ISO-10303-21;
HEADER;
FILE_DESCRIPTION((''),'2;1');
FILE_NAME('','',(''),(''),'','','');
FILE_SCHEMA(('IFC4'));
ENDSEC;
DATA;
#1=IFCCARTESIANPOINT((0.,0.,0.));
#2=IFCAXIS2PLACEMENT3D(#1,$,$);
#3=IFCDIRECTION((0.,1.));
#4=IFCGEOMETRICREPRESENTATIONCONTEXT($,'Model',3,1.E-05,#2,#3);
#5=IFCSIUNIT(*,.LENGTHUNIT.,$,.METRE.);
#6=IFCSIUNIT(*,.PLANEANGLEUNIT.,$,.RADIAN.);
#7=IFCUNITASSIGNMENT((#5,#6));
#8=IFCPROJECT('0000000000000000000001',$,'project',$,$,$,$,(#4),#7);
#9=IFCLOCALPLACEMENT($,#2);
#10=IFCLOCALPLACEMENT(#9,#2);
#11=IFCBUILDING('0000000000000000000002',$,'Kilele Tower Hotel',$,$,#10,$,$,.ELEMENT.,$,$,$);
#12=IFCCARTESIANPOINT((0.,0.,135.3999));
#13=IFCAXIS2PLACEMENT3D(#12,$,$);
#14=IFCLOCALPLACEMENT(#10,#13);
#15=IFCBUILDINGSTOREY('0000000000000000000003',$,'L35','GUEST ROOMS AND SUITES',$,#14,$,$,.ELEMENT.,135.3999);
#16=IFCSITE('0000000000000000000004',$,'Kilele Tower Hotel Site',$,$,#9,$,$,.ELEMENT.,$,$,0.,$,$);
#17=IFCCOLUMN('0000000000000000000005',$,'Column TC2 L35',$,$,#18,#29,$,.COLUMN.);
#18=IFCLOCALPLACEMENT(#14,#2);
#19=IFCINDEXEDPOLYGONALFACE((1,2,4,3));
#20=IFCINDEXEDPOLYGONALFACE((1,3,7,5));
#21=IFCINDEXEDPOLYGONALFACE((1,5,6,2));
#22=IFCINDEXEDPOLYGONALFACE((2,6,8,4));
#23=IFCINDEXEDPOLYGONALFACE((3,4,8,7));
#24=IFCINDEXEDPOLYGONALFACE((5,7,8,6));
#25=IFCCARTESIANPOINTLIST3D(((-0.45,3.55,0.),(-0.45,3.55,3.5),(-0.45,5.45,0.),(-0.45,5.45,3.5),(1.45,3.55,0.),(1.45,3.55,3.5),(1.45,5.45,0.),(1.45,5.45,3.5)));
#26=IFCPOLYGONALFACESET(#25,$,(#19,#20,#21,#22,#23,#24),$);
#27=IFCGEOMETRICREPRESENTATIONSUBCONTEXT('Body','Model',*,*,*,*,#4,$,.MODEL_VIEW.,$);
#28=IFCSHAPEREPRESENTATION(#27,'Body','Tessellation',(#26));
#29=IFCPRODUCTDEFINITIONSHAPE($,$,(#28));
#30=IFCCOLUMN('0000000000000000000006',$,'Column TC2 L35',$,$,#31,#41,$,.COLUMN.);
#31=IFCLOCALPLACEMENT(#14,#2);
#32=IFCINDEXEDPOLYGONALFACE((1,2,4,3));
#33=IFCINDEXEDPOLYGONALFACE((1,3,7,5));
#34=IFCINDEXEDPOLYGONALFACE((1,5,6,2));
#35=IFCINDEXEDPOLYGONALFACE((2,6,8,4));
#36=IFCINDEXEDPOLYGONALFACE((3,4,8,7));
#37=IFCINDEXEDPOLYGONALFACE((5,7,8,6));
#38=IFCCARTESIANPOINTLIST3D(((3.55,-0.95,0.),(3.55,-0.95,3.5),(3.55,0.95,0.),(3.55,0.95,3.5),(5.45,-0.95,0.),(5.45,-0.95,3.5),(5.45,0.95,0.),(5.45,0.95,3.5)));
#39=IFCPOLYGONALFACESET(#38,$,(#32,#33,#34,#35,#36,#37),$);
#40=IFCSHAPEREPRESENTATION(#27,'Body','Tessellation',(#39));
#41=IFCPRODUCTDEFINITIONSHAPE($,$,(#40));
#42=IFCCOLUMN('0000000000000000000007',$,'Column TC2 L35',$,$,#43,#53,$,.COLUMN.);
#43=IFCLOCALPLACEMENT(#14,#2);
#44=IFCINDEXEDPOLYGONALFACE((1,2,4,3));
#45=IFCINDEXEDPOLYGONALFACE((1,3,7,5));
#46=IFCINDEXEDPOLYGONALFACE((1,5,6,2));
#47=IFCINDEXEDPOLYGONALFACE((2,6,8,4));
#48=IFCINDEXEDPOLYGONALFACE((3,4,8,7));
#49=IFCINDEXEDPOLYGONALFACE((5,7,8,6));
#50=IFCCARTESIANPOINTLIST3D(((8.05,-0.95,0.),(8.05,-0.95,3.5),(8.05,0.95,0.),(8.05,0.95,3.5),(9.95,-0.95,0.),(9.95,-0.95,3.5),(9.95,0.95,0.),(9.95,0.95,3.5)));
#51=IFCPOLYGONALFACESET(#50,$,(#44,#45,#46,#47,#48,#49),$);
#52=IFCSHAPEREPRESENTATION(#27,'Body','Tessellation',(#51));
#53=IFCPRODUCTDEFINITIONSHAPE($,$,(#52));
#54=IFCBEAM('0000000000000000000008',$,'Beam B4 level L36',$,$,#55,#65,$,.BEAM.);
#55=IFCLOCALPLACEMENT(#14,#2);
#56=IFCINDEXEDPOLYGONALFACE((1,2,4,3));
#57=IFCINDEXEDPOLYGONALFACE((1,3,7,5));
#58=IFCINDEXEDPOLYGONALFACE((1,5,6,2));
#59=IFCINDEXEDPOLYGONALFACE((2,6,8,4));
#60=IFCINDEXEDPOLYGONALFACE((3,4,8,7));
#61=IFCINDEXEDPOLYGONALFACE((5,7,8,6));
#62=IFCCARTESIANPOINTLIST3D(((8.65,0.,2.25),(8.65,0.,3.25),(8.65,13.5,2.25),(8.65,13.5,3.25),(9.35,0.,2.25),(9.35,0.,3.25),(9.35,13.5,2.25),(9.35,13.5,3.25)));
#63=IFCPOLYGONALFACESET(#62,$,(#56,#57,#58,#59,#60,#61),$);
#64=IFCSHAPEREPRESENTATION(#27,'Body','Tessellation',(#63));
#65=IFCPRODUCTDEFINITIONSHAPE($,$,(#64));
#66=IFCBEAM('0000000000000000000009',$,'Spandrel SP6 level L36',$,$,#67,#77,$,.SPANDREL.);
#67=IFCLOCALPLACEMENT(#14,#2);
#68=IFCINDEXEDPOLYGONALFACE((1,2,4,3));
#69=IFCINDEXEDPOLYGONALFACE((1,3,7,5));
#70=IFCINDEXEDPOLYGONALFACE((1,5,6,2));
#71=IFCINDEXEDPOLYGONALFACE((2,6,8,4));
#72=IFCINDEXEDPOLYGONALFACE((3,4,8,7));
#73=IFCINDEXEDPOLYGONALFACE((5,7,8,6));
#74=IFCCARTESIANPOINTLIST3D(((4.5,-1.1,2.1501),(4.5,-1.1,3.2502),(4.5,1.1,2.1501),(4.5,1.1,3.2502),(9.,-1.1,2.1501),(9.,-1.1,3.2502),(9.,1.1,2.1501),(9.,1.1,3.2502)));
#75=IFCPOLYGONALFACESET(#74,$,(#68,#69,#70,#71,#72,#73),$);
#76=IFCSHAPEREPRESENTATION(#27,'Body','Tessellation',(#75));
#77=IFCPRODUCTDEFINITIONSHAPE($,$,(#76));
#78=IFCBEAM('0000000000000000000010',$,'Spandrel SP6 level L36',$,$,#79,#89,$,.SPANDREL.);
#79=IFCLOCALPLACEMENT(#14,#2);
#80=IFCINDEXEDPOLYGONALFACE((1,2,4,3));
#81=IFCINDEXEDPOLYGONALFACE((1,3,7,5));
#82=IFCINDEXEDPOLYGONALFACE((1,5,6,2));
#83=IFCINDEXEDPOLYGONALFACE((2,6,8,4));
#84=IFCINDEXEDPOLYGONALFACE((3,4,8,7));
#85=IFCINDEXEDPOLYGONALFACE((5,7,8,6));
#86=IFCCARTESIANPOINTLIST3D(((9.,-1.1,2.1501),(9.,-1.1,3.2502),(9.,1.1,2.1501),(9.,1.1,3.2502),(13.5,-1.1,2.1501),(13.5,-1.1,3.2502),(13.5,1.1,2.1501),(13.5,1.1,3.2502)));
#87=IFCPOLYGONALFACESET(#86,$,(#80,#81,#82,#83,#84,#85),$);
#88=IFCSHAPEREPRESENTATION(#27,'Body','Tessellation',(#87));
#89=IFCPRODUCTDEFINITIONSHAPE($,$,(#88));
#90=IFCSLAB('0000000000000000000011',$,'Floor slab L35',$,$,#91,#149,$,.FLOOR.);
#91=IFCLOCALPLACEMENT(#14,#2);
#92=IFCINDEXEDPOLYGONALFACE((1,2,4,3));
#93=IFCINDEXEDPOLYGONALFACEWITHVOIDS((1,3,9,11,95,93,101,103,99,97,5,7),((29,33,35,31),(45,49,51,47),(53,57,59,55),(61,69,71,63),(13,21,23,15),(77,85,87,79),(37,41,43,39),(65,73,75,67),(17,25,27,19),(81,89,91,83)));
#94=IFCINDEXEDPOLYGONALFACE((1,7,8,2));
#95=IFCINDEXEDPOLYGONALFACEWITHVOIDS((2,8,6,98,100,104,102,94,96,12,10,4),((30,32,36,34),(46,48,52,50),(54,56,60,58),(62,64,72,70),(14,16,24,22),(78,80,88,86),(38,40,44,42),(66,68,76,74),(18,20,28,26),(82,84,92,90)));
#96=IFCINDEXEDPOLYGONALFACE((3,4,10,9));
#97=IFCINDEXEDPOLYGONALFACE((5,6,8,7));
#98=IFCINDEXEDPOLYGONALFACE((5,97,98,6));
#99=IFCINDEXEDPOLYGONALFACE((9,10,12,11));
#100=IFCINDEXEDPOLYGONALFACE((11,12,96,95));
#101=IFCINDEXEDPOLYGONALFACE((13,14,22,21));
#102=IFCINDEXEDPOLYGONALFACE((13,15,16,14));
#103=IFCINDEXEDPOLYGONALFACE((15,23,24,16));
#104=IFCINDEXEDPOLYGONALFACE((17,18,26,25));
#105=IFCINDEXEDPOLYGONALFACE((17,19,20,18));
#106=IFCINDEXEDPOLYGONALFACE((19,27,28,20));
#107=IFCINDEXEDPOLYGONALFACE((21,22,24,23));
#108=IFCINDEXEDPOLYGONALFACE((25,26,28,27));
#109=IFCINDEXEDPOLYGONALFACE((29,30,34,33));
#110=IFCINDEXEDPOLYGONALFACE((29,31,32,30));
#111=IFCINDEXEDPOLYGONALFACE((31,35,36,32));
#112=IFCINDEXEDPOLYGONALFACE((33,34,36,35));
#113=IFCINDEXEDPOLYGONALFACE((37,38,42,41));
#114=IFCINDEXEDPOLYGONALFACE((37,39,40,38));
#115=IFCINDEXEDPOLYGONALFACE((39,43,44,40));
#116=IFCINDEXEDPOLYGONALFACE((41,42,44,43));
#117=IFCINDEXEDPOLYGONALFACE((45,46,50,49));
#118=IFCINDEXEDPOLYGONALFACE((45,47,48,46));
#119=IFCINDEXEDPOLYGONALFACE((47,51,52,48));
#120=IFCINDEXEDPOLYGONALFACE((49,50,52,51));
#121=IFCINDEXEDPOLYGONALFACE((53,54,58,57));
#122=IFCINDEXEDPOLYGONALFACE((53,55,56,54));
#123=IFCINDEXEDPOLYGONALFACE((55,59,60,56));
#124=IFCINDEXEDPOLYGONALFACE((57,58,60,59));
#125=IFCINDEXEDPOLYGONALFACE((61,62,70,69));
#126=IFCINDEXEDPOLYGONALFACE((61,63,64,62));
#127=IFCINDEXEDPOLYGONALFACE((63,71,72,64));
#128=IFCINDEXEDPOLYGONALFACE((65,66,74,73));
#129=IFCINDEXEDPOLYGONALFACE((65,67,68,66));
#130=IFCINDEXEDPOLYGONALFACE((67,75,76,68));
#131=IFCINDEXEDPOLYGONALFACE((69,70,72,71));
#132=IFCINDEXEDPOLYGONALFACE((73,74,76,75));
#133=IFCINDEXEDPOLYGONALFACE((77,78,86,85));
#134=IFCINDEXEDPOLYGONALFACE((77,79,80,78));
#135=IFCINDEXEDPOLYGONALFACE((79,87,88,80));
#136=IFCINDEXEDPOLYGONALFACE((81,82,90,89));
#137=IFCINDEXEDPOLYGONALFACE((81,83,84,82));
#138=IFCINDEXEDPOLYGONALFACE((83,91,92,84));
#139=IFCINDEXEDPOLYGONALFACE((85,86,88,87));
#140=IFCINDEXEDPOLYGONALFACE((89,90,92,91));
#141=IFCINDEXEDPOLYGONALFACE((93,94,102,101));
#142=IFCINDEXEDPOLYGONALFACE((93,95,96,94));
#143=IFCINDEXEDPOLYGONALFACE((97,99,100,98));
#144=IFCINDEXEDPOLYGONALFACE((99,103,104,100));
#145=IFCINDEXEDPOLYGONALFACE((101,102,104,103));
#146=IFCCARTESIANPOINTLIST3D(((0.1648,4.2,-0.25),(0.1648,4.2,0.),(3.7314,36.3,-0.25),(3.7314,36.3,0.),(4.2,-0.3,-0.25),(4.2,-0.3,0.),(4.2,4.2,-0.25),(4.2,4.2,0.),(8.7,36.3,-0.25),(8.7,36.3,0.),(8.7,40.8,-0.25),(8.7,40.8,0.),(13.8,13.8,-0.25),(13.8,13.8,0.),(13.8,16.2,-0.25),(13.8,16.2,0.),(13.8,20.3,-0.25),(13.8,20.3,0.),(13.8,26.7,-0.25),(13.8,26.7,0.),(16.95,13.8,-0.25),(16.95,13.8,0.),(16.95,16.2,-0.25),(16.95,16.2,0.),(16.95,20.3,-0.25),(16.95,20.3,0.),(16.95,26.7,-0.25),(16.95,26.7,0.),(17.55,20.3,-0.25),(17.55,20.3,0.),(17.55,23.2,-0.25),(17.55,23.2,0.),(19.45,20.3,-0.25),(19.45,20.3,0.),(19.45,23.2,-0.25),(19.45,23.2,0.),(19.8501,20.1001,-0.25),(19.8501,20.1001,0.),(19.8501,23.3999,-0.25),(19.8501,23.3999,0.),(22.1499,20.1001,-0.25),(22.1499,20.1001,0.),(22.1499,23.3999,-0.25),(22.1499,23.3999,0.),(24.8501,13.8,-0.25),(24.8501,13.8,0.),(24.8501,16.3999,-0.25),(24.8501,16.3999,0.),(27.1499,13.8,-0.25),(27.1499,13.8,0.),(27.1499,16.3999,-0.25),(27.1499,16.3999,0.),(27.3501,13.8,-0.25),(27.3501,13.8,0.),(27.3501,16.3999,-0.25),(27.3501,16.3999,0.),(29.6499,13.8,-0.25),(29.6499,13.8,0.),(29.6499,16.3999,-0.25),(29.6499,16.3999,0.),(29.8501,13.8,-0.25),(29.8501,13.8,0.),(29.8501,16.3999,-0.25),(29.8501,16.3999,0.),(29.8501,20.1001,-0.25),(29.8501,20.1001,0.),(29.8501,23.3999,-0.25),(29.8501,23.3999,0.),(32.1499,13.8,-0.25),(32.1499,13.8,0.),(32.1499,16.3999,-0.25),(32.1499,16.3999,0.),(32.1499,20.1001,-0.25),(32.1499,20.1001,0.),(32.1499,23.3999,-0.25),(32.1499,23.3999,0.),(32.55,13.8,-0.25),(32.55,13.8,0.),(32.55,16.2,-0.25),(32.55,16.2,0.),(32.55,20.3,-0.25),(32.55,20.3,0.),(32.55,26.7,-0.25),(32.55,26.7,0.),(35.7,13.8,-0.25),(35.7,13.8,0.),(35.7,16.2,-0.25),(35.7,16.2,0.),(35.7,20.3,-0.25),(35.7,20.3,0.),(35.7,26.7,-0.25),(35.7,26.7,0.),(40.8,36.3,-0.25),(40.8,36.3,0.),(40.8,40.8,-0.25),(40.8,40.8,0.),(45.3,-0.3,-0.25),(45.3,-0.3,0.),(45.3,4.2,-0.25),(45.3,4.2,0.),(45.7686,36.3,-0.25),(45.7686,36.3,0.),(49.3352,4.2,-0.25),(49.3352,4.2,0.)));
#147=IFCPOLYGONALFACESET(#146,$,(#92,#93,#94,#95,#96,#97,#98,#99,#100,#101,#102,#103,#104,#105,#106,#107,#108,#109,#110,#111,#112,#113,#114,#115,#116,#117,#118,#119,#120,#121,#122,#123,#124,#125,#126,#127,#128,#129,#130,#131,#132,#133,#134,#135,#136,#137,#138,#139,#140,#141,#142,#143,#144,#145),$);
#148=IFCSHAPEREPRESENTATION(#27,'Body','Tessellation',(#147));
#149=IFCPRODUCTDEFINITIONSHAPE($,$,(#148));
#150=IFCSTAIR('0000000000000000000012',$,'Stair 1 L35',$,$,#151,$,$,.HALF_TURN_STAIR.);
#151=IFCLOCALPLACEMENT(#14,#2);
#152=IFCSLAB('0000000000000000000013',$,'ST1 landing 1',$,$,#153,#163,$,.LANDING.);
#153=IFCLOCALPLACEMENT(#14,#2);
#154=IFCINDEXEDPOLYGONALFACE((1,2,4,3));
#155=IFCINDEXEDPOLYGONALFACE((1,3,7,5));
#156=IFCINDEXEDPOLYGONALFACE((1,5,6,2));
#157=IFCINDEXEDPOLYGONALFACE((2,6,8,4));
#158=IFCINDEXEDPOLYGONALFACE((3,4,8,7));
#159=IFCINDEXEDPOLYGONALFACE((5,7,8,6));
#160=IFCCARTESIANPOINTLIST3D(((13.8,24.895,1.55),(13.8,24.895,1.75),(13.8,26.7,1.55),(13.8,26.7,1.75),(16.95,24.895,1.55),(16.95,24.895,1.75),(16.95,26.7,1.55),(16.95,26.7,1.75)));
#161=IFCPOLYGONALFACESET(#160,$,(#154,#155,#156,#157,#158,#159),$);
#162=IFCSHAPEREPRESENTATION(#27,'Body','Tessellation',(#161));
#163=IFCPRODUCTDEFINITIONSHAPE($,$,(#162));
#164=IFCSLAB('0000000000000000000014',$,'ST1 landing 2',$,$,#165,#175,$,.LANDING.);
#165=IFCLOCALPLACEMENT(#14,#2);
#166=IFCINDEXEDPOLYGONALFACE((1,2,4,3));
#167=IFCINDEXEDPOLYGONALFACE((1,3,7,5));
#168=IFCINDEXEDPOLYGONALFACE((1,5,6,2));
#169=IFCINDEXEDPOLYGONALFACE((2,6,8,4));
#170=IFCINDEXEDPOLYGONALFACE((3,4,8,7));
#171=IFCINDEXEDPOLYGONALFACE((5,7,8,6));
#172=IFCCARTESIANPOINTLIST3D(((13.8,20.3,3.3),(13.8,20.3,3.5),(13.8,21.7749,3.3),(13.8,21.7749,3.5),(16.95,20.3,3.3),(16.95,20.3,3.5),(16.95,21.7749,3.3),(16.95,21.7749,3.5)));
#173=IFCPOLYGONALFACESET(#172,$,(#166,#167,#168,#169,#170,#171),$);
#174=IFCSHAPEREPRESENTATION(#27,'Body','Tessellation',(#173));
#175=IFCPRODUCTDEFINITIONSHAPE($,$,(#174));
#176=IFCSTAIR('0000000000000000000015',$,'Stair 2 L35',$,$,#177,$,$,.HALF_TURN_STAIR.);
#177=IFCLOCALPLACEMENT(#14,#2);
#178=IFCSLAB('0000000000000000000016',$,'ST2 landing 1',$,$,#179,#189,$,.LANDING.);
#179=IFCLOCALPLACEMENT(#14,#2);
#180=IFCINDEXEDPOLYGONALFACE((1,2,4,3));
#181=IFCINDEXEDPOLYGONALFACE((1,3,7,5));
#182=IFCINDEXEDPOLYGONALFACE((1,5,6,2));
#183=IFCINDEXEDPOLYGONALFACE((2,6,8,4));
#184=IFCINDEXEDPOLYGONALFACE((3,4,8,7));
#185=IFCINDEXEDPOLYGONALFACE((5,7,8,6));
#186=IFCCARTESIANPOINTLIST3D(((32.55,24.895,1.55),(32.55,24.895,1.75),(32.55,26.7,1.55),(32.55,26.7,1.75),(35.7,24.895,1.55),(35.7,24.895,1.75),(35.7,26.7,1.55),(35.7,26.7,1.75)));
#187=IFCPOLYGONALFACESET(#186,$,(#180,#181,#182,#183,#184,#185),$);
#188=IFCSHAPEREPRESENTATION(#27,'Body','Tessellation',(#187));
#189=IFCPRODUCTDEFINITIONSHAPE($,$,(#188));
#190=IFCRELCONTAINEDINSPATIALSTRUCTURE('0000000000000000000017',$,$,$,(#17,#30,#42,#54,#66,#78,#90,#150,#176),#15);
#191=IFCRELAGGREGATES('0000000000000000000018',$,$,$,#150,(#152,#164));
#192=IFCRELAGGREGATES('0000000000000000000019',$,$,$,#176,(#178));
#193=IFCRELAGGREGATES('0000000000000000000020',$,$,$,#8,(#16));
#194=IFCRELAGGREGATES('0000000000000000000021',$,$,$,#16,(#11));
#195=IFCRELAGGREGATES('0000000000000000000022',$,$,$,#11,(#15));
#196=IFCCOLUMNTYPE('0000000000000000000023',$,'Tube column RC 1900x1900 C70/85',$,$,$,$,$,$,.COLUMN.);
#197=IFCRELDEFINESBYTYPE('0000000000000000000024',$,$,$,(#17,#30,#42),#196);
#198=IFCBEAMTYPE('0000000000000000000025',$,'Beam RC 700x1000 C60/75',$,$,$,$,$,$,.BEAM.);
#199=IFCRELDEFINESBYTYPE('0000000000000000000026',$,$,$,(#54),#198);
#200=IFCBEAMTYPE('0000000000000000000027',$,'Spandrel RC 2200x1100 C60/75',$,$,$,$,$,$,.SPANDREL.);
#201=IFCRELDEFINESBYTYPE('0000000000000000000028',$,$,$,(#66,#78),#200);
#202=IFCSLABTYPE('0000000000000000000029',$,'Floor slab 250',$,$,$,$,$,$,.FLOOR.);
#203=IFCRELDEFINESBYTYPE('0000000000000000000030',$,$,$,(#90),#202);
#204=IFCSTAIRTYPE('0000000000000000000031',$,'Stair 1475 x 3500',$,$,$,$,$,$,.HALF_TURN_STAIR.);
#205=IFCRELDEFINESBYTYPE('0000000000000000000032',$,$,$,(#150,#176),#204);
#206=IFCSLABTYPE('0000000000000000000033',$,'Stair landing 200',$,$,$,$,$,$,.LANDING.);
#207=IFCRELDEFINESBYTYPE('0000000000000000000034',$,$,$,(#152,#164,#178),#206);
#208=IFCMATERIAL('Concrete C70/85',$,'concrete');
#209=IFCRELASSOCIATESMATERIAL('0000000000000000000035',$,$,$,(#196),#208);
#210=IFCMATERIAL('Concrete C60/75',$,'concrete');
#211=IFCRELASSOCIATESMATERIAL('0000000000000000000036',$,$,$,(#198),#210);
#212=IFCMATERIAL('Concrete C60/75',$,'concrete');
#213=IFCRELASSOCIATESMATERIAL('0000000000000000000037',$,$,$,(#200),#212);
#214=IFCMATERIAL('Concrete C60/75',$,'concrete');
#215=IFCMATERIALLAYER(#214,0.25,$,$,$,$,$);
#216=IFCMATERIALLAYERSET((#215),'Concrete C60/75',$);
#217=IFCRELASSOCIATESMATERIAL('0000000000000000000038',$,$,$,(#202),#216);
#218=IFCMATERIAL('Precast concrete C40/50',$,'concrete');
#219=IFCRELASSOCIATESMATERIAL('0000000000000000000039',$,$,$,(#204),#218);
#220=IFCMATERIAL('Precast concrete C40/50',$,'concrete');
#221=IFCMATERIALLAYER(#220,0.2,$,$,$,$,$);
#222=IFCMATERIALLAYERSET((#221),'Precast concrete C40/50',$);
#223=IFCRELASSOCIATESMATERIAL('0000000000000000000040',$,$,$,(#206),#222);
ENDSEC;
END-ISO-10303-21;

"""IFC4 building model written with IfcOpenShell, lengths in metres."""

from ifc_helpers import new_model, si_unit, direction, frame, origin, origin_2d, place, context, subcontext, project, spatial, polyline, rectangle, outline, extrude, material, layer, layer_set, material_profile, profile_set, type_object, element, aggregate, save


model = new_model("IFC4")

# Units and contexts
model_context = context("Model", 3, precision=1e-05, world=origin(), true_north=direction((0.0, 1.0)))
body_context = subcontext(model_context, "Body", "Model", "MODEL_VIEW")
ifc_project = project(units=[si_unit("LENGTHUNIT", "METRE"), si_unit("PLANEANGLEUNIT", "RADIAN")], contexts=[model_context])

# Site, building, storey
site_placement = place(None, origin())
site = spatial("IfcSite", under=ifc_project, at=site_placement, Name="Kilele Tower Hotel Site", CompositionType="ELEMENT", RefElevation=0.0)
building_placement = place(site_placement, origin())
building = spatial("IfcBuilding", under=site, at=building_placement, Name="Kilele Tower Hotel", CompositionType="ELEMENT")
storey_placement = place(building_placement, frame((0.0, 0.0, 135.3999)))
storey = spatial("IfcBuildingStorey", under=building, at=storey_placement, Name="L35", Description="GUEST ROOMS AND SUITES", CompositionType="ELEMENT", Elevation=135.3999)

# Columns
ifc_material_1 = material(Name="Concrete C70/85", Category="concrete")
ifc_material_profile_1 = material_profile(ifc_material_1, rectangle(XDim=1.8999, YDim=1.8999, at=origin_2d()))
ifc_profile_set_1 = profile_set([ifc_material_profile_1], Name="Concrete C70/85")
column_type = type_object("IfcColumnType", Name="Tube column RC 1900x1900 C70/85", PredefinedType="COLUMN", material=ifc_profile_set_1)
for number, where, z_axis, x_axis, name in (
    (1, (0.5, 4.5, 0.0), (0.0, 0.0, 1.0), (1.0, 0.0, 0.0), "Column TC2 L35"),
    (2, (4.5, 0.0, 0.0), (0.0, 0.0, 1.0), (1.0, 0.0, 0.0), "Column TC2 L35"),
    (3, (9.0, 0.0, 0.0), (0.0, 0.0, 1.0), (1.0, 0.0, 0.0), "Column TC2 L35"),
):
    element("IfcColumn", number, at=place(storey_placement, frame(where, z_axis=z_axis, x_axis=x_axis)), inside=storey, type_object=column_type, Name=name, PredefinedType="COLUMN", context=body_context, shape_type="SweptSolid", body=[
        extrude(rectangle(XDim=1.8999, YDim=1.8999, at=origin_2d()), origin(), (0.0, 0.0, 1.0), 3.5),
    ])

# Beams
ifc_material_2 = material(Name="Concrete C60/75", Category="concrete")
ifc_material_profile_2 = material_profile(ifc_material_2, rectangle(XDim=0.7, YDim=1.0, at=origin_2d()))
ifc_profile_set_2 = profile_set([ifc_material_profile_2], Name="Concrete C60/75")
beam_type_1 = type_object("IfcBeamType", Name="Beam RC 700x1000 C60/75", PredefinedType="BEAM", material=ifc_profile_set_2)
beam_placement = place(storey_placement, frame((9.0, 0.0, 2.75), z_axis=(0.0, 1.0, 0.0), x_axis=(-1.0, 0.0, 0.0)))
element("IfcBeam", 4, at=beam_placement, inside=storey, type_object=beam_type_1, Name="Beam B4 level L36", PredefinedType="BEAM", context=body_context, shape_type="SweptSolid", body=[
    extrude(rectangle(XDim=0.7, YDim=1.0, at=origin_2d()), origin(), (0.0, 0.0, 1.0), 13.5),
])
ifc_material_3 = material(Name="Concrete C60/75", Category="concrete")
ifc_material_profile_3 = material_profile(ifc_material_3, rectangle(XDim=2.2, YDim=1.1001, at=origin_2d()))
ifc_profile_set_3 = profile_set([ifc_material_profile_3], Name="Concrete C60/75")
beam_type_2 = type_object("IfcBeamType", Name="Spandrel RC 2200x1100 C60/75", PredefinedType="SPANDREL", material=ifc_profile_set_3)
for number, where, z_axis, x_axis, name in (
    (5, (4.5, 0.0, 2.7002), (1.0, 0.0, 0.0), (0.0, 1.0, 0.0), "Spandrel SP6 level L36"),
    (6, (9.0, 0.0, 2.7002), (1.0, 0.0, 0.0), (0.0, 1.0, 0.0), "Spandrel SP6 level L36"),
):
    element("IfcBeam", number, at=place(storey_placement, frame(where, z_axis=z_axis, x_axis=x_axis)), inside=storey, type_object=beam_type_2, Name=name, PredefinedType="SPANDREL", context=body_context, shape_type="SweptSolid", body=[
        extrude(rectangle(XDim=2.2, YDim=1.1001, at=origin_2d()), origin(), (0.0, 0.0, 1.0), 4.5),
    ])

# Slab
ifc_material_4 = material(Name="Concrete C60/75", Category="concrete")
ifc_layer_1 = layer(ifc_material_4, 0.25)
ifc_layer_set_1 = layer_set([ifc_layer_1], Name="Concrete C60/75")
slab_type_1 = type_object("IfcSlabType", Name="Floor slab 250", PredefinedType="FLOOR", material=ifc_layer_set_1)
slab_1_placement = place(storey_placement, frame((0.0, 0.0, -0.25)))
element("IfcSlab", 7, at=slab_1_placement, inside=storey, type_object=slab_type_1, Name="Floor slab L35", PredefinedType="FLOOR", context=body_context, shape_type="SweptSolid", body=[
    extrude(outline(polyline([(8.7, 36.3), (8.7, 40.8), (40.8, 40.8), (40.8, 36.3), (45.7686, 36.3), (49.3352, 4.2), (45.3, 4.2), (45.3, -0.3), (4.2, -0.3), (4.2, 4.2), (0.1648, 4.2), (3.7314, 36.3), (8.7, 36.3)]), holes=[polyline([(16.95, 16.2), (13.8, 16.2), (13.8, 13.8), (16.95, 13.8), (16.95, 16.2)]), polyline([(35.7, 16.2), (32.55, 16.2), (32.55, 13.8), (35.7, 13.8), (35.7, 16.2)]), polyline([(27.1499, 16.3999), (24.8501, 16.3999), (24.8501, 13.8), (27.1499, 13.8), (27.1499, 16.3999)]), polyline([(29.6499, 13.8), (29.6499, 16.3999), (27.3501, 16.3999), (27.3501, 13.8), (29.6499, 13.8)]), polyline([(32.1499, 13.8), (32.1499, 16.3999), (29.8501, 16.3999), (29.8501, 13.8), (32.1499, 13.8)]), polyline([(19.45, 23.2), (17.55, 23.2), (17.55, 20.3), (19.45, 20.3), (19.45, 23.2)]), polyline([(22.1499, 23.3999), (19.8501, 23.3999), (19.8501, 20.1001), (22.1499, 20.1001), (22.1499, 23.3999)]), polyline([(32.1499, 23.3999), (29.8501, 23.3999), (29.8501, 20.1001), (32.1499, 20.1001), (32.1499, 23.3999)]), polyline([(16.95, 20.3), (16.95, 26.7), (13.8, 26.7), (13.8, 20.3), (16.95, 20.3)]), polyline([(35.7, 20.3), (35.7, 26.7), (32.55, 26.7), (32.55, 20.3), (35.7, 20.3)])]), origin(), (0.0, 0.0, 1.0), 0.25),
])

# Stairs, slabs
ifc_material_5 = material(Name="Precast concrete C40/50", Category="concrete")
stair_type = type_object("IfcStairType", Name="Stair 1475 x 3500", PredefinedType="HALF_TURN_STAIR", material=ifc_material_5)
stair_1_placement = place(storey_placement, origin())
stair_1 = element("IfcStair", 8, at=stair_1_placement, inside=storey, type_object=stair_type, Name="Stair 1 L35", PredefinedType="HALF_TURN_STAIR")
ifc_material_6 = material(Name="Precast concrete C40/50", Category="concrete")
ifc_layer_2 = layer(ifc_material_6, 0.2)
ifc_layer_set_2 = layer_set([ifc_layer_2], Name="Precast concrete C40/50")
slab_type_2 = type_object("IfcSlabType", Name="Stair landing 200", PredefinedType="LANDING", material=ifc_layer_set_2)
slab_2_placement = place(storey_placement, frame((0.0, 0.0, 1.55)))
slab_2 = element("IfcSlab", 9, at=slab_2_placement, type_object=slab_type_2, Name="ST1 landing 1", PredefinedType="LANDING", context=body_context, shape_type="SweptSolid", body=[
    extrude(outline(polyline([(13.8, 24.895), (16.95, 24.895), (16.95, 26.7), (13.8, 26.7), (13.8, 24.895)])), origin(), (0.0, 0.0, 1.0), 0.2),
])
slab_3_placement = place(storey_placement, frame((0.0, 0.0, 3.3)))
slab_3 = element("IfcSlab", 10, at=slab_3_placement, type_object=slab_type_2, Name="ST1 landing 2", PredefinedType="LANDING", context=body_context, shape_type="SweptSolid", body=[
    extrude(outline(polyline([(13.8, 20.3), (16.95, 20.3), (16.95, 21.7749), (13.8, 21.7749), (13.8, 20.3)])), origin(), (0.0, 0.0, 1.0), 0.2),
])
aggregate(stair_1, [slab_2, slab_3])
stair_2_placement = place(storey_placement, origin())
stair_2 = element("IfcStair", 11, at=stair_2_placement, inside=storey, type_object=stair_type, Name="Stair 2 L35", PredefinedType="HALF_TURN_STAIR")
slab_4_placement = place(storey_placement, frame((0.0, 0.0, 1.55)))
slab_4 = element("IfcSlab", 12, at=slab_4_placement, type_object=slab_type_2, Name="ST2 landing 1", PredefinedType="LANDING", context=body_context, shape_type="SweptSolid", body=[
    extrude(outline(polyline([(32.55, 24.895), (35.7, 24.895), (35.7, 26.7), (32.55, 26.7), (32.55, 24.895)])), origin(), (0.0, 0.0, 1.0), 0.2),
])
aggregate(stair_2, [slab_4])

save(model, "model.ifc")
